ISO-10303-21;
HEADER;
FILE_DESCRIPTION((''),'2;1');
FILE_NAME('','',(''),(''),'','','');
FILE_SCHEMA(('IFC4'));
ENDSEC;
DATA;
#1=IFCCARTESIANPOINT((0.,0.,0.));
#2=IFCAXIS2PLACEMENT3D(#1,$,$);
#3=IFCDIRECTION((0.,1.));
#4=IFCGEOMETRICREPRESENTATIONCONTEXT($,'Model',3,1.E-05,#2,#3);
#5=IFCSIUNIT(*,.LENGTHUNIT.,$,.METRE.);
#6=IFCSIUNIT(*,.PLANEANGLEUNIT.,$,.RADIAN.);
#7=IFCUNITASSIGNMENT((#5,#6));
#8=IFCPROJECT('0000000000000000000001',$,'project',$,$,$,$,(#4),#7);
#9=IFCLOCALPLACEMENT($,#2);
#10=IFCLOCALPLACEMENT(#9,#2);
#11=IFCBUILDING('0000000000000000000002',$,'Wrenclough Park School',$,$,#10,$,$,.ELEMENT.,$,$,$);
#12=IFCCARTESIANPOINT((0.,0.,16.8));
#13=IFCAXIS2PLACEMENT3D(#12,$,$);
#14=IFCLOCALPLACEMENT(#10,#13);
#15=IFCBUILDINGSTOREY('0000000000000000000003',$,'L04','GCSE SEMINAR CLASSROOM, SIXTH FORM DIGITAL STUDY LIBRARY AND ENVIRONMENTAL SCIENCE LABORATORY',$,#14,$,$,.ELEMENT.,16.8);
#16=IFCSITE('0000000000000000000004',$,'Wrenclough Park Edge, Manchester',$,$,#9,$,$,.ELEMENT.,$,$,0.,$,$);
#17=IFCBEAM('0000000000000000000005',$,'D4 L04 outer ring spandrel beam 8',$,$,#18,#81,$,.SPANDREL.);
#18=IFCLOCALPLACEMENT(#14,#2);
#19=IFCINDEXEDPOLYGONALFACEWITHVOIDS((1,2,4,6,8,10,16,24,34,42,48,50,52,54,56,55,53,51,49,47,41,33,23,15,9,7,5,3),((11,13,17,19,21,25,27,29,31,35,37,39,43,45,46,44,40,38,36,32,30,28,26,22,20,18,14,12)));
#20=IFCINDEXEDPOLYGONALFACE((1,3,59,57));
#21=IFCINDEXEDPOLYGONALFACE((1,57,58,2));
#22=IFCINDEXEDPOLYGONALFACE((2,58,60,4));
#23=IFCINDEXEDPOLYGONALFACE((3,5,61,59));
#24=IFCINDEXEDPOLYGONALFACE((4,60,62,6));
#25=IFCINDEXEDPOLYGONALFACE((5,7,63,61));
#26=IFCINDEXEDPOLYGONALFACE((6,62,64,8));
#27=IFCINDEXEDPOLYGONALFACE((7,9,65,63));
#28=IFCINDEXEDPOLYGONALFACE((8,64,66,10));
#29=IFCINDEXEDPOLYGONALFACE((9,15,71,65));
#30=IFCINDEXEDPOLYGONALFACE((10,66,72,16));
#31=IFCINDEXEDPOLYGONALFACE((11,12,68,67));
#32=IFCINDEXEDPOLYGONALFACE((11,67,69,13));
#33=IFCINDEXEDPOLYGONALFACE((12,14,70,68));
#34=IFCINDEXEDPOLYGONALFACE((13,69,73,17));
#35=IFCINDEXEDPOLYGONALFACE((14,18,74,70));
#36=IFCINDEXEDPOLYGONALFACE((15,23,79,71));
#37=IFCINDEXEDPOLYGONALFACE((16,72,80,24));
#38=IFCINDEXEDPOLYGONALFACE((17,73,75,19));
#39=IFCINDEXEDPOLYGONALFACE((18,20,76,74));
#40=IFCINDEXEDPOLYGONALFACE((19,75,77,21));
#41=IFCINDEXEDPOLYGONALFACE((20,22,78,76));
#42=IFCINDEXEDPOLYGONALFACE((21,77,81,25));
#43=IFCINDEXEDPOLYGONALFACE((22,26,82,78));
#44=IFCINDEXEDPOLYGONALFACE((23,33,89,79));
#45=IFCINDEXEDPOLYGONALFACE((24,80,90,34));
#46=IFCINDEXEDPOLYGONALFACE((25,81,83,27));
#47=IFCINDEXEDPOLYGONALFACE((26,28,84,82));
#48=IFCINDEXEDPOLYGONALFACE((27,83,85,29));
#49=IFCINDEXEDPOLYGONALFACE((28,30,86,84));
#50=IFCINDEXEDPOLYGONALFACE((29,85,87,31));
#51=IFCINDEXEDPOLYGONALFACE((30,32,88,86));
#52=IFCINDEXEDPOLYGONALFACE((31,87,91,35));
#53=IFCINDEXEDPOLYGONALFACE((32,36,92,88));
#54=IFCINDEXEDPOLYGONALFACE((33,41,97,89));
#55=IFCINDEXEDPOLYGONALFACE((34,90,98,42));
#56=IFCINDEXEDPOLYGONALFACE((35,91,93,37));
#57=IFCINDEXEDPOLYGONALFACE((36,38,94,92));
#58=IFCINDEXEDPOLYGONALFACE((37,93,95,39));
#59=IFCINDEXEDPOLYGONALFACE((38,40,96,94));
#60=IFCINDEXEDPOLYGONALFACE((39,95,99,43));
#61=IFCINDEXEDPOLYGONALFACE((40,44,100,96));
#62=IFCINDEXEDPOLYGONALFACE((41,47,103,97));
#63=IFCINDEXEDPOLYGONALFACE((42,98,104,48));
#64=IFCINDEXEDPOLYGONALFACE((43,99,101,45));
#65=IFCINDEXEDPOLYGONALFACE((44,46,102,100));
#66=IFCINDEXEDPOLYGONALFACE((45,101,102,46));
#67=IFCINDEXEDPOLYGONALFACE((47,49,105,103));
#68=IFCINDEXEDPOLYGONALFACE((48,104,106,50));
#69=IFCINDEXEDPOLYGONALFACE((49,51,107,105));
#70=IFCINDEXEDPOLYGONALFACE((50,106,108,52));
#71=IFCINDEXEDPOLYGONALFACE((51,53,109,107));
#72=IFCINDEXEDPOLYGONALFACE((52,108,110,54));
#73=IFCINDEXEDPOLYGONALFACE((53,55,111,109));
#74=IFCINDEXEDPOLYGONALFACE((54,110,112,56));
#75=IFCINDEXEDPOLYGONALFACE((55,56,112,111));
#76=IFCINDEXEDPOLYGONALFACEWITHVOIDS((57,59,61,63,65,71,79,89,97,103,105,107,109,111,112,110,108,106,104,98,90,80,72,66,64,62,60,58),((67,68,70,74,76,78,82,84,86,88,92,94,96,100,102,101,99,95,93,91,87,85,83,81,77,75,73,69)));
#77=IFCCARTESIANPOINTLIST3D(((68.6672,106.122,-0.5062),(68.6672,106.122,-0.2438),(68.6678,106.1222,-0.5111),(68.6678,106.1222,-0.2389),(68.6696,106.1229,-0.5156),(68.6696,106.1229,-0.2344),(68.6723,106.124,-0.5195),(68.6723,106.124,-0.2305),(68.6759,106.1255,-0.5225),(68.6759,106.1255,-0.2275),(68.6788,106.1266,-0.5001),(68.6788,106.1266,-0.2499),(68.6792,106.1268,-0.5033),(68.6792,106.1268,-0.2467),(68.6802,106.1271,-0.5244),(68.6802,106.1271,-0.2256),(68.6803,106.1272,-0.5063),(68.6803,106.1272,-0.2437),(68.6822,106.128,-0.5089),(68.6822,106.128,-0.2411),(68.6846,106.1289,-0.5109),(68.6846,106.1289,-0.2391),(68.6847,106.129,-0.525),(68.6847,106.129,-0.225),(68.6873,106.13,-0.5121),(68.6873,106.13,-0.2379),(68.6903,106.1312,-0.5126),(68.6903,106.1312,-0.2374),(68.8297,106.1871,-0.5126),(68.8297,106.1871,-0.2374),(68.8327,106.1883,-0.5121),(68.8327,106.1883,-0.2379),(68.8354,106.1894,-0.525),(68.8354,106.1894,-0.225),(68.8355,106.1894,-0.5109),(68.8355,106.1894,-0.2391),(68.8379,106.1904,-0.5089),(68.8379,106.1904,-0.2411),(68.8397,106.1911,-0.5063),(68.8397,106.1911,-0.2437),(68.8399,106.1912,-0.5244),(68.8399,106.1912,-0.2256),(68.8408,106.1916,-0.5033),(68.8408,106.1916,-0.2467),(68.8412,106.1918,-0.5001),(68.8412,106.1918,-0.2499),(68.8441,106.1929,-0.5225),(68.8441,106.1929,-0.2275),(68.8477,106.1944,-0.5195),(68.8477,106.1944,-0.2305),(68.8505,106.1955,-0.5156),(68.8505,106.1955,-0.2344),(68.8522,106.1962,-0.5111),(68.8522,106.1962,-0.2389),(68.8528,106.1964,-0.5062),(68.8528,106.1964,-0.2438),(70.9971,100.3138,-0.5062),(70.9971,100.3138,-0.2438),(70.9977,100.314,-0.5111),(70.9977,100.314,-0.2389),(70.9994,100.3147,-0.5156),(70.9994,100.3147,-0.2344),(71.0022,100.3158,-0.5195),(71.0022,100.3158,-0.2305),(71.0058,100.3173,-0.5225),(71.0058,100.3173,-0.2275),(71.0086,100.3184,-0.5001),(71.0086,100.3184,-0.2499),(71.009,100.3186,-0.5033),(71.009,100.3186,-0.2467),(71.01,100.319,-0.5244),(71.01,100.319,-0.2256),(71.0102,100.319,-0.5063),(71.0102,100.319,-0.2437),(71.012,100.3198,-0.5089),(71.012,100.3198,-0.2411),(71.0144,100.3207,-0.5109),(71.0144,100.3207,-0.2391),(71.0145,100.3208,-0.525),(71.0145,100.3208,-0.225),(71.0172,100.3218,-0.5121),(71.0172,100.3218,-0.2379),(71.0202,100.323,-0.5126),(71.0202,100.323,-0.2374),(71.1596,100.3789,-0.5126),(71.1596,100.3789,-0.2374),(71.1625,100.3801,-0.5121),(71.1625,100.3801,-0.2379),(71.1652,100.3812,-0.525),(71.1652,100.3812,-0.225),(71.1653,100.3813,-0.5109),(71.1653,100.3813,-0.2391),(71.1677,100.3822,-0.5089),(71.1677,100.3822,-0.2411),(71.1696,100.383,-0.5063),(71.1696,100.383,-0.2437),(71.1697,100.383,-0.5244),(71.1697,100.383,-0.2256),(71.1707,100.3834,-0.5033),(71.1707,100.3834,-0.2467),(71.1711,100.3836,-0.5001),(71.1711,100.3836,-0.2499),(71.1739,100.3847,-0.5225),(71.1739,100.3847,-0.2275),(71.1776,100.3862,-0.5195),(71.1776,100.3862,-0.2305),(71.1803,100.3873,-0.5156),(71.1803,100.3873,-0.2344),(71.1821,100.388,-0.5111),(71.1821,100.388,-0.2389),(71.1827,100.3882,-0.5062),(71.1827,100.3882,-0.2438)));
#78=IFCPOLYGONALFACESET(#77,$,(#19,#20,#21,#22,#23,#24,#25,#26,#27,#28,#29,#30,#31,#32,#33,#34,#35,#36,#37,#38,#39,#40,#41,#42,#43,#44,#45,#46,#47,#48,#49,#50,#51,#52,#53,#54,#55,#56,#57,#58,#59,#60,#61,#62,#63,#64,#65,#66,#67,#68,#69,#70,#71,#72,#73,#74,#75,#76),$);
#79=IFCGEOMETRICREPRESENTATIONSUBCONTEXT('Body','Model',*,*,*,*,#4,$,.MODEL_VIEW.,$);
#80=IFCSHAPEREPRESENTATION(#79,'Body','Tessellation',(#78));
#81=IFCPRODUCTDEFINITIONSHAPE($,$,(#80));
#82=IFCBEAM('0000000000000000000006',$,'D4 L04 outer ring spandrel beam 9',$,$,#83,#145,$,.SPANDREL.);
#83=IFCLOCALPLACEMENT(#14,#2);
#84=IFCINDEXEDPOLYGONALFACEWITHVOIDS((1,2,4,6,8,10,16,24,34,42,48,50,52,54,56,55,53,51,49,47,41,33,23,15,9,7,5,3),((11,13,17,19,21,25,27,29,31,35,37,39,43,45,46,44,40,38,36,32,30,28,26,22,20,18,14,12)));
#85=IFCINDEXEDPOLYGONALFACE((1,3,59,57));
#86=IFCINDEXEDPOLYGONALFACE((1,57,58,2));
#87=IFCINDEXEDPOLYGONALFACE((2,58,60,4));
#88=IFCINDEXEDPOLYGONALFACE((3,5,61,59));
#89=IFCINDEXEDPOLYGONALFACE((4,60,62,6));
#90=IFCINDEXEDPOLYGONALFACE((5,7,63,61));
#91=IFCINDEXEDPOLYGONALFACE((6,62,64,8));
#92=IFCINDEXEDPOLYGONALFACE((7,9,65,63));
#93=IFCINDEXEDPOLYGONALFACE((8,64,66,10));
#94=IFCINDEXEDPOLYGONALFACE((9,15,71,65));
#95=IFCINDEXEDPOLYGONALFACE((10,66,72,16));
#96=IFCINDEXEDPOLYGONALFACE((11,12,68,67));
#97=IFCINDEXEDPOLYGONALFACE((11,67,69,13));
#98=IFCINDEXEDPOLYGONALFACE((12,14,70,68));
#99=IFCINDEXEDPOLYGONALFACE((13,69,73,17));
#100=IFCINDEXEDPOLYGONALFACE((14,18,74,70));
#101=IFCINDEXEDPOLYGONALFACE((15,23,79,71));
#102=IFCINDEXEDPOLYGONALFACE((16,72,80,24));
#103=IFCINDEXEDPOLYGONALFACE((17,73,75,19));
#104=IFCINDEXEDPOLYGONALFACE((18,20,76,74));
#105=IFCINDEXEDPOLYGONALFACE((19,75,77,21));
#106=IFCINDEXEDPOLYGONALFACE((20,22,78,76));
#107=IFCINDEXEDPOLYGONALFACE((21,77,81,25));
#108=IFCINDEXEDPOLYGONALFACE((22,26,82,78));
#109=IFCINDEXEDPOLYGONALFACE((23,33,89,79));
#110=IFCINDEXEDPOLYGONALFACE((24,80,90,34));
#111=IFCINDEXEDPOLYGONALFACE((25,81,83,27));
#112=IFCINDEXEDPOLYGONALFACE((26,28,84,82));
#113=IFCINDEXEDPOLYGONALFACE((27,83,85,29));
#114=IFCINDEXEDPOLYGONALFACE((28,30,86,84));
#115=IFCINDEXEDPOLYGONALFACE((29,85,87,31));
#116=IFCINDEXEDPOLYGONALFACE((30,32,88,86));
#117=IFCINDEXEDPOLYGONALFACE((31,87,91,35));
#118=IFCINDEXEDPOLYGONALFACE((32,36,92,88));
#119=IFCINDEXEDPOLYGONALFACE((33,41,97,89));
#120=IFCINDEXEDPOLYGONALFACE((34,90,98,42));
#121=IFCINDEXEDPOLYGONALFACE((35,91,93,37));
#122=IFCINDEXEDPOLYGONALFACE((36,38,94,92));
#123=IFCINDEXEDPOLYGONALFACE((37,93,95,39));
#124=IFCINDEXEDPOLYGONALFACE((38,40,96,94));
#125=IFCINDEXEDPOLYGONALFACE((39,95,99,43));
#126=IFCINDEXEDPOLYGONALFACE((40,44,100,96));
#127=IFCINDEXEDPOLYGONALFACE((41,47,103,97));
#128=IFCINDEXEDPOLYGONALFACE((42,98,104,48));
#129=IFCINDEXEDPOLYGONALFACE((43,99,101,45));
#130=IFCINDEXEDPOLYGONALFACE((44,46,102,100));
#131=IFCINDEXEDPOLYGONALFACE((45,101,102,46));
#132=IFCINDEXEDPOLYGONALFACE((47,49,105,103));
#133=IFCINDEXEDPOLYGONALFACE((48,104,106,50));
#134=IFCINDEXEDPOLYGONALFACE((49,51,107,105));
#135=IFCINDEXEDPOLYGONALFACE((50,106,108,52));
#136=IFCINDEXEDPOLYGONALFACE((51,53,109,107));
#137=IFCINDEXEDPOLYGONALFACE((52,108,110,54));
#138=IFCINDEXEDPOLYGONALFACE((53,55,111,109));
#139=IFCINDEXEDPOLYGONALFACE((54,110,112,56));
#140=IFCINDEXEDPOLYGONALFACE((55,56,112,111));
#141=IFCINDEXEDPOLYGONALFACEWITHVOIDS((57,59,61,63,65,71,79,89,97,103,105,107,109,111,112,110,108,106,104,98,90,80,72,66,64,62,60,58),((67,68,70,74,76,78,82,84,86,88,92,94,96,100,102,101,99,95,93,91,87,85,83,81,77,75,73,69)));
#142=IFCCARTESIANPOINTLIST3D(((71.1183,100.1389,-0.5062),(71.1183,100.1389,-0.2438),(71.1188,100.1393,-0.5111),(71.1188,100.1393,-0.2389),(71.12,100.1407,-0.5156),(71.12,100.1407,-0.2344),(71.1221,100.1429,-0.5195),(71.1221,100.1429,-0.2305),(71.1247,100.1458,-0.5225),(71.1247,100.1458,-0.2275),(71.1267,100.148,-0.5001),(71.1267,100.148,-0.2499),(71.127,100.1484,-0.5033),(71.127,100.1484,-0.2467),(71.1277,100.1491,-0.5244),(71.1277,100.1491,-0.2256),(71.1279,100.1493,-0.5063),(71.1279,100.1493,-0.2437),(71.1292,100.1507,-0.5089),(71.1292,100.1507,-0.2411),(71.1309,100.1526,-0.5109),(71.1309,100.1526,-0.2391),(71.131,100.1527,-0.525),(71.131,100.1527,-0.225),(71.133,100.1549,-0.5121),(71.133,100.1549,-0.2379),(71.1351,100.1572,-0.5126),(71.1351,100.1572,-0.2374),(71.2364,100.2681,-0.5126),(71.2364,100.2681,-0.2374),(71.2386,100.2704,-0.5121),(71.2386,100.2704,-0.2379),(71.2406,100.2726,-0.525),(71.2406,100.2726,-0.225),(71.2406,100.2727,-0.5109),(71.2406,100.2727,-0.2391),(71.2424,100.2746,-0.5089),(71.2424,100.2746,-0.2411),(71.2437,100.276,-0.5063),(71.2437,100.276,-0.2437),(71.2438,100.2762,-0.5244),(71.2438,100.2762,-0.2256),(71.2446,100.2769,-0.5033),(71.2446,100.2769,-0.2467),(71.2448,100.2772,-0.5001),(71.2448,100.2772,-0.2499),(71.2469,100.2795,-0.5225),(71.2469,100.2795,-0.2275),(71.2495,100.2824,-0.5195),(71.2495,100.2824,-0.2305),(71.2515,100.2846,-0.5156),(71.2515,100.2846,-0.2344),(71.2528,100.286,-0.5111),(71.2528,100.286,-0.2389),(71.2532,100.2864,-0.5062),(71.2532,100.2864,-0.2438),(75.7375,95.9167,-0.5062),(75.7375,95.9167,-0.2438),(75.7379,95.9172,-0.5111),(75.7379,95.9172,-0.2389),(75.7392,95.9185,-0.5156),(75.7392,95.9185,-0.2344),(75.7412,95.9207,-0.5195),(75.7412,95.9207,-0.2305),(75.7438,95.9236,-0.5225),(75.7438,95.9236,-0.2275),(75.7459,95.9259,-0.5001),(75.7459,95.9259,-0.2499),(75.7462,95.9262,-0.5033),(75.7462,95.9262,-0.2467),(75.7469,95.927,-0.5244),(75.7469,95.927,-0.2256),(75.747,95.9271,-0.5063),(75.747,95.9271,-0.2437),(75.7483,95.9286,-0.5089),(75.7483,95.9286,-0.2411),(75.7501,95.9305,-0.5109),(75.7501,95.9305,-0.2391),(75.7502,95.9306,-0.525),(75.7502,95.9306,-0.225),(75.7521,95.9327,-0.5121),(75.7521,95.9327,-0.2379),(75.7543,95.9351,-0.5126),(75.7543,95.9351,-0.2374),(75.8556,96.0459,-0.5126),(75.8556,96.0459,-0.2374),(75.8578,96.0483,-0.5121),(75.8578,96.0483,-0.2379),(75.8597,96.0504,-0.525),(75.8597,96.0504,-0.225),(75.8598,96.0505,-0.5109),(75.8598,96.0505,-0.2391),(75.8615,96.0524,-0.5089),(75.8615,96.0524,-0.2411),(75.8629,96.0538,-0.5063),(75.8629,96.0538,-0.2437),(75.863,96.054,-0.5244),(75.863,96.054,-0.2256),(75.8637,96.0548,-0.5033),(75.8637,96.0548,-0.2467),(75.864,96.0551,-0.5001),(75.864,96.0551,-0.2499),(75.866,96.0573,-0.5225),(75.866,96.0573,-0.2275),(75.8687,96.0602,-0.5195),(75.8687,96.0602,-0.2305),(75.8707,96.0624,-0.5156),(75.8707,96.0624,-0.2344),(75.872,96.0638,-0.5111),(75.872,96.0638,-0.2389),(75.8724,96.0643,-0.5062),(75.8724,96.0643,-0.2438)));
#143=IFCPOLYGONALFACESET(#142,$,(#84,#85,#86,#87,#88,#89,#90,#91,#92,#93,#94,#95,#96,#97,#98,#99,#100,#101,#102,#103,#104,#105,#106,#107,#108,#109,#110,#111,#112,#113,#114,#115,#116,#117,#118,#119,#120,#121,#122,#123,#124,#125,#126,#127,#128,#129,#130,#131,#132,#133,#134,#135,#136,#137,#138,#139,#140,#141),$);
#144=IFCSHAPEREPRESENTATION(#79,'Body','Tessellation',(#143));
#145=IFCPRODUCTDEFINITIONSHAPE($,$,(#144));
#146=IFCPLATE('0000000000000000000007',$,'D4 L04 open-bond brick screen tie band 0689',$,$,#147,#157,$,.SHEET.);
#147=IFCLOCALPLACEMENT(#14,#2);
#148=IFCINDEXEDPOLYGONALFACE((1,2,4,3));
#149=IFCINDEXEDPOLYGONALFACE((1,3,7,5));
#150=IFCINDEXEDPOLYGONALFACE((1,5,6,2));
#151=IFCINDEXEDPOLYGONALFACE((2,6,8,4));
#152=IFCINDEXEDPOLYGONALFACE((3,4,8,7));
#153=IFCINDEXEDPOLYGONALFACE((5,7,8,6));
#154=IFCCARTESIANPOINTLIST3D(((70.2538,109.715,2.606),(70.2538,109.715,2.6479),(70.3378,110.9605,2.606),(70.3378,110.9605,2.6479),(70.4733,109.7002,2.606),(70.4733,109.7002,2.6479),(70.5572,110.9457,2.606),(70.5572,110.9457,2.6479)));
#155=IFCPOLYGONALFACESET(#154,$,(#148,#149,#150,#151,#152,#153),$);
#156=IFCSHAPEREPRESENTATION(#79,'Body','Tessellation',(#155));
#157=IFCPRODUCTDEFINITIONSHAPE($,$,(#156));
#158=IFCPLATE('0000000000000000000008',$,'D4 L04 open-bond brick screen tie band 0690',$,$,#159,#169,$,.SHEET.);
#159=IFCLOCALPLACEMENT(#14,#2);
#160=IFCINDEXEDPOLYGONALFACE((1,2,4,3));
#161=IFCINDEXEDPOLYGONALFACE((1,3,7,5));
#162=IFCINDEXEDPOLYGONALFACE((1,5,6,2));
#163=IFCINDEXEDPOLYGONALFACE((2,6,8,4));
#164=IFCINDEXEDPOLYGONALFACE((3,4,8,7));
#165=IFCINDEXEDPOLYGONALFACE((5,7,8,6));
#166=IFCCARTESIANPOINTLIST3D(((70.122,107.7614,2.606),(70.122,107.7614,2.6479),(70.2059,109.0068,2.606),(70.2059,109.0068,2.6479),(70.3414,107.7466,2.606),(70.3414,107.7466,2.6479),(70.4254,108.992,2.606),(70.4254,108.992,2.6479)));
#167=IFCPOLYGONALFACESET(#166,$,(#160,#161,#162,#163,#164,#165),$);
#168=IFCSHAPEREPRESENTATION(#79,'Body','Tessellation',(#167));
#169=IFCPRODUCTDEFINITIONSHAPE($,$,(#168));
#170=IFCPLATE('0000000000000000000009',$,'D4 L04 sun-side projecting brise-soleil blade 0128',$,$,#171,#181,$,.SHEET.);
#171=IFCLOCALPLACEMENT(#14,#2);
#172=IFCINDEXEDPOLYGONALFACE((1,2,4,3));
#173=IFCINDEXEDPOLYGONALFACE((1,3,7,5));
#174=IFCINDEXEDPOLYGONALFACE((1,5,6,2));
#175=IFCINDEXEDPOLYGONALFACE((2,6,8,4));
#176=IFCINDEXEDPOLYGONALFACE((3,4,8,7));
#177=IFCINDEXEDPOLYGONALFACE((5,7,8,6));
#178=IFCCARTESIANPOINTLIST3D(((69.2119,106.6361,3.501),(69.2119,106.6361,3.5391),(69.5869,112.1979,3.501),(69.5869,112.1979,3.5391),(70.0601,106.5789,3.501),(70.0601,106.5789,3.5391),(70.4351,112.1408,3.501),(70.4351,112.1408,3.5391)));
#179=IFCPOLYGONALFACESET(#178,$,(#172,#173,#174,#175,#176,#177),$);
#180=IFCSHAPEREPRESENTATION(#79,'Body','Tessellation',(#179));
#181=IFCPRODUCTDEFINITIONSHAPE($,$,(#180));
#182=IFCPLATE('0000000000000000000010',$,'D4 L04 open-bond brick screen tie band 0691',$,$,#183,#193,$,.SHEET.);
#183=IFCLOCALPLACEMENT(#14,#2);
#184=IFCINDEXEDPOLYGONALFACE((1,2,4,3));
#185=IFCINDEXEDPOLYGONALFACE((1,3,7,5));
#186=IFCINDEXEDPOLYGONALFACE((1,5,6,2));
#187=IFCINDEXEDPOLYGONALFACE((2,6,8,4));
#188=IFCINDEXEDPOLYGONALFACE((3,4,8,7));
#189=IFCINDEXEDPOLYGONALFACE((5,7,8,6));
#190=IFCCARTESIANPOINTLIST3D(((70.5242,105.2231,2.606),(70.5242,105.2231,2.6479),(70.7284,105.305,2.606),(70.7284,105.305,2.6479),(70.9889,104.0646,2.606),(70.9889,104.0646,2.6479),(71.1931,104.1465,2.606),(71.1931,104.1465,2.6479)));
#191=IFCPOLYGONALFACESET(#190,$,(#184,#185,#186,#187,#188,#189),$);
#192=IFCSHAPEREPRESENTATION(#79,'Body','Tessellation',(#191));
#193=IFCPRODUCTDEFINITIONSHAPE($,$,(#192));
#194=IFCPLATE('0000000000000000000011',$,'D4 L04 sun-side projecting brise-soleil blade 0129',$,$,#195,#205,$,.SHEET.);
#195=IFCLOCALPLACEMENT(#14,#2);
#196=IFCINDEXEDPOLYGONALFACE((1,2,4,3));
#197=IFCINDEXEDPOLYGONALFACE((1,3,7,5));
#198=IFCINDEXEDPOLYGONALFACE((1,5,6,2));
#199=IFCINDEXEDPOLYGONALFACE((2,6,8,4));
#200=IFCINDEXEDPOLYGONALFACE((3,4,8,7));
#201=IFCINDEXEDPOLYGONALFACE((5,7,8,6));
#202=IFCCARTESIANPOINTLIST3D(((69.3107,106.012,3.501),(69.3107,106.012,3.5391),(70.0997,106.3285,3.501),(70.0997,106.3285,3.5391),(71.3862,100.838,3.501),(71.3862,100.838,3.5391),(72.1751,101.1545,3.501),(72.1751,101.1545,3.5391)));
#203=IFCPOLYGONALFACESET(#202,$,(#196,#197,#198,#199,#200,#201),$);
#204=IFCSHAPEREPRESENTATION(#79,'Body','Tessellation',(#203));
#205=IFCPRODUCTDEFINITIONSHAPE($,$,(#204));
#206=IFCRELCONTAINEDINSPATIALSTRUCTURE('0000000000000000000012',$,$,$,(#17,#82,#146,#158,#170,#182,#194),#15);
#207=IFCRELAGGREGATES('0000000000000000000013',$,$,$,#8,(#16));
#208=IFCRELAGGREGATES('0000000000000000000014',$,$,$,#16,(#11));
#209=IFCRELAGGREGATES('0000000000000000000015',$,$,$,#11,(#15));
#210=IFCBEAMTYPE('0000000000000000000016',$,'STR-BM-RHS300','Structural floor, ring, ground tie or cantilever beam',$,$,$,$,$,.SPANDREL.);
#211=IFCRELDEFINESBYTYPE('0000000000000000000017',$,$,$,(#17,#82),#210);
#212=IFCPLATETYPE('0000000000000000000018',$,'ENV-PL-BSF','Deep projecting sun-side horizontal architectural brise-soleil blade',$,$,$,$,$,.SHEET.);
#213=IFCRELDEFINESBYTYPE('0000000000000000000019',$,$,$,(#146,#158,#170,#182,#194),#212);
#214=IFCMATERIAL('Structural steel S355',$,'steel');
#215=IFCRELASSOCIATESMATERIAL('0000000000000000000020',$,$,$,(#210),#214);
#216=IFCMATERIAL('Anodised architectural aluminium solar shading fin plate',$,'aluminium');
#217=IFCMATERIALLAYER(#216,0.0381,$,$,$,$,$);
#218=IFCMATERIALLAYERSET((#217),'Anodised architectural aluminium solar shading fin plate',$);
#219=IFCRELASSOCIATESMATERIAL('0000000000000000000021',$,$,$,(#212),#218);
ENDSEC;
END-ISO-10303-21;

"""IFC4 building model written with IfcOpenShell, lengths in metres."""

from ifc_helpers import new_model, si_unit, direction, frame, origin, origin_2d, place, context, subcontext, project, spatial, rectangle, hollow_rectangle, extrude, material, layer, layer_set, material_profile, profile_set, type_object, element, save


model = new_model("IFC4")

# Units and contexts
model_context = context("Model", 3, precision=1e-05, world=origin(), true_north=direction((0.0, 1.0)))
body_context = subcontext(model_context, "Body", "Model", "MODEL_VIEW")
ifc_project = project(units=[si_unit("LENGTHUNIT", "METRE"), si_unit("PLANEANGLEUNIT", "RADIAN")], contexts=[model_context])

# Site, building, storey
site_placement = place(None, origin())
site = spatial("IfcSite", under=ifc_project, at=site_placement, Name="Wrenclough Park Edge, Manchester", CompositionType="ELEMENT", RefElevation=0.0)
building_placement = place(site_placement, origin())
building = spatial("IfcBuilding", under=site, at=building_placement, Name="Wrenclough Park School", CompositionType="ELEMENT")
storey_placement = place(building_placement, frame((0.0, 0.0, 16.8)))
storey = spatial("IfcBuildingStorey", under=building, at=storey_placement, Name="L04", Description="GCSE SEMINAR CLASSROOM, SIXTH FORM DIGITAL STUDY LIBRARY AND ENVIRONMENTAL SCIENCE LABORATORY", CompositionType="ELEMENT", Elevation=16.8)

# Shared definitions
ifc_material_1 = material(Name="Structural steel S355", Category="steel")

# Beams
ifc_material_profile_1 = material_profile(ifc_material_1, hollow_rectangle(XDim=0.2, YDim=0.3, WallThickness=0.0125, InnerFilletRadius=0.0125, OuterFilletRadius=0.0188, at=origin_2d()), Name="RHS 300x200x12.5")
ifc_profile_set_1 = profile_set([ifc_material_profile_1], Name="Structural steel S355")
beam_type = type_object("IfcBeamType", Name="STR-BM-RHS300", Description="Structural floor, ring, ground tie or cantilever beam", PredefinedType="SPANDREL", material=ifc_profile_set_1)
for number, where, z_axis, x_axis, name in (
    (1, (68.76, 106.1592, -0.375), (0.372299, -0.928113, 0.0), (0.928113, 0.372299, 0.0), "D4 L04 outer ring spandrel beam 8"),
    (2, (71.1858, 100.2126, -0.375), (0.738112, -0.674678, 0.0), (0.674678, 0.738112, 0.0), "D4 L04 outer ring spandrel beam 9"),
):
    element("IfcBeam", number, at=place(storey_placement, frame(where, z_axis=z_axis, x_axis=x_axis)), inside=storey, type_object=beam_type, Name=name, PredefinedType="SPANDREL", context=body_context, shape_type="SweptSolid", body=[
        extrude(hollow_rectangle(XDim=0.2, YDim=0.3, WallThickness=0.0125, InnerFilletRadius=0.0125, OuterFilletRadius=0.0188, at=origin_2d()), origin(), (0.0, 0.0, 1.0), 6.2581),
    ])

# Plates
ifc_material_2 = material(Name="Anodised architectural aluminium solar shading fin plate", Category="aluminium")
ifc_layer_1 = layer(ifc_material_2, 0.0381)
ifc_layer_set_1 = layer_set([ifc_layer_1], Name="Anodised architectural aluminium solar shading fin plate")
plate_type = type_object("IfcPlateType", Name="ENV-PL-BSF", Description="Deep projecting sun-side horizontal architectural brise-soleil blade", PredefinedType="SHEET", material=ifc_layer_set_1)
for number, where, z_axis, x_axis, name in (
    (3, (70.4055, 110.3303, 2.606), (0.0, 0.0, 1.0), (-0.067274, -0.997735, 0.0), "D4 L04 open-bond brick screen tie band 0689"),
    (4, (70.2737, 108.3767, 2.606), (0.0, 0.0, 1.0), (-0.067274, -0.997735, 0.0), "D4 L04 open-bond brick screen tie band 0690"),
):
    element("IfcPlate", number, at=place(storey_placement, frame(where, z_axis=z_axis, x_axis=x_axis)), inside=storey, type_object=plate_type, Name=name, PredefinedType="SHEET", context=body_context, shape_type="SweptSolid", body=[
        extrude(rectangle(XDim=1.2483, YDim=0.22, at=origin_2d()), origin(), (0.0, 0.0, 1.0), 0.042),
    ])
plate_1_placement = place(storey_placement, frame((69.8235, 109.3884, 3.501), z_axis=(0.0, 0.0, 1.0), x_axis=(-0.067274, -0.997735, 0.0)))
element("IfcPlate", 5, at=plate_1_placement, inside=storey, type_object=plate_type, Name="D4 L04 sun-side projecting brise-soleil blade 0128", PredefinedType="SHEET", context=body_context, shape_type="SweptSolid", body=[
    extrude(rectangle(XDim=5.5745, YDim=0.8501, at=origin_2d()), origin(), (0.0, 0.0, 1.0), 0.0381),
])
plate_2_placement = place(storey_placement, frame((70.8586, 104.6848, 2.606), z_axis=(0.0, 0.0, 1.0), x_axis=(0.372297, -0.928113, 0.0)))
element("IfcPlate", 6, at=plate_2_placement, inside=storey, type_object=plate_type, Name="D4 L04 open-bond brick screen tie band 0691", PredefinedType="SHEET", context=body_context, shape_type="SweptSolid", body=[
    extrude(rectangle(XDim=1.2483, YDim=0.22, at=origin_2d()), origin(), (0.0, 0.0, 1.0), 0.042),
])
plate_3_placement = place(storey_placement, frame((70.7429, 103.5833, 3.501), z_axis=(0.0, 0.0, 1.0), x_axis=(0.372297, -0.928113, 0.0)))
element("IfcPlate", 7, at=plate_3_placement, inside=storey, type_object=plate_type, Name="D4 L04 sun-side projecting brise-soleil blade 0129", PredefinedType="SHEET", context=body_context, shape_type="SweptSolid", body=[
    extrude(rectangle(XDim=5.5747, YDim=0.8501, at=origin_2d()), origin(), (0.0, 0.0, 1.0), 0.0381),
])

save(model, "model.ifc")
